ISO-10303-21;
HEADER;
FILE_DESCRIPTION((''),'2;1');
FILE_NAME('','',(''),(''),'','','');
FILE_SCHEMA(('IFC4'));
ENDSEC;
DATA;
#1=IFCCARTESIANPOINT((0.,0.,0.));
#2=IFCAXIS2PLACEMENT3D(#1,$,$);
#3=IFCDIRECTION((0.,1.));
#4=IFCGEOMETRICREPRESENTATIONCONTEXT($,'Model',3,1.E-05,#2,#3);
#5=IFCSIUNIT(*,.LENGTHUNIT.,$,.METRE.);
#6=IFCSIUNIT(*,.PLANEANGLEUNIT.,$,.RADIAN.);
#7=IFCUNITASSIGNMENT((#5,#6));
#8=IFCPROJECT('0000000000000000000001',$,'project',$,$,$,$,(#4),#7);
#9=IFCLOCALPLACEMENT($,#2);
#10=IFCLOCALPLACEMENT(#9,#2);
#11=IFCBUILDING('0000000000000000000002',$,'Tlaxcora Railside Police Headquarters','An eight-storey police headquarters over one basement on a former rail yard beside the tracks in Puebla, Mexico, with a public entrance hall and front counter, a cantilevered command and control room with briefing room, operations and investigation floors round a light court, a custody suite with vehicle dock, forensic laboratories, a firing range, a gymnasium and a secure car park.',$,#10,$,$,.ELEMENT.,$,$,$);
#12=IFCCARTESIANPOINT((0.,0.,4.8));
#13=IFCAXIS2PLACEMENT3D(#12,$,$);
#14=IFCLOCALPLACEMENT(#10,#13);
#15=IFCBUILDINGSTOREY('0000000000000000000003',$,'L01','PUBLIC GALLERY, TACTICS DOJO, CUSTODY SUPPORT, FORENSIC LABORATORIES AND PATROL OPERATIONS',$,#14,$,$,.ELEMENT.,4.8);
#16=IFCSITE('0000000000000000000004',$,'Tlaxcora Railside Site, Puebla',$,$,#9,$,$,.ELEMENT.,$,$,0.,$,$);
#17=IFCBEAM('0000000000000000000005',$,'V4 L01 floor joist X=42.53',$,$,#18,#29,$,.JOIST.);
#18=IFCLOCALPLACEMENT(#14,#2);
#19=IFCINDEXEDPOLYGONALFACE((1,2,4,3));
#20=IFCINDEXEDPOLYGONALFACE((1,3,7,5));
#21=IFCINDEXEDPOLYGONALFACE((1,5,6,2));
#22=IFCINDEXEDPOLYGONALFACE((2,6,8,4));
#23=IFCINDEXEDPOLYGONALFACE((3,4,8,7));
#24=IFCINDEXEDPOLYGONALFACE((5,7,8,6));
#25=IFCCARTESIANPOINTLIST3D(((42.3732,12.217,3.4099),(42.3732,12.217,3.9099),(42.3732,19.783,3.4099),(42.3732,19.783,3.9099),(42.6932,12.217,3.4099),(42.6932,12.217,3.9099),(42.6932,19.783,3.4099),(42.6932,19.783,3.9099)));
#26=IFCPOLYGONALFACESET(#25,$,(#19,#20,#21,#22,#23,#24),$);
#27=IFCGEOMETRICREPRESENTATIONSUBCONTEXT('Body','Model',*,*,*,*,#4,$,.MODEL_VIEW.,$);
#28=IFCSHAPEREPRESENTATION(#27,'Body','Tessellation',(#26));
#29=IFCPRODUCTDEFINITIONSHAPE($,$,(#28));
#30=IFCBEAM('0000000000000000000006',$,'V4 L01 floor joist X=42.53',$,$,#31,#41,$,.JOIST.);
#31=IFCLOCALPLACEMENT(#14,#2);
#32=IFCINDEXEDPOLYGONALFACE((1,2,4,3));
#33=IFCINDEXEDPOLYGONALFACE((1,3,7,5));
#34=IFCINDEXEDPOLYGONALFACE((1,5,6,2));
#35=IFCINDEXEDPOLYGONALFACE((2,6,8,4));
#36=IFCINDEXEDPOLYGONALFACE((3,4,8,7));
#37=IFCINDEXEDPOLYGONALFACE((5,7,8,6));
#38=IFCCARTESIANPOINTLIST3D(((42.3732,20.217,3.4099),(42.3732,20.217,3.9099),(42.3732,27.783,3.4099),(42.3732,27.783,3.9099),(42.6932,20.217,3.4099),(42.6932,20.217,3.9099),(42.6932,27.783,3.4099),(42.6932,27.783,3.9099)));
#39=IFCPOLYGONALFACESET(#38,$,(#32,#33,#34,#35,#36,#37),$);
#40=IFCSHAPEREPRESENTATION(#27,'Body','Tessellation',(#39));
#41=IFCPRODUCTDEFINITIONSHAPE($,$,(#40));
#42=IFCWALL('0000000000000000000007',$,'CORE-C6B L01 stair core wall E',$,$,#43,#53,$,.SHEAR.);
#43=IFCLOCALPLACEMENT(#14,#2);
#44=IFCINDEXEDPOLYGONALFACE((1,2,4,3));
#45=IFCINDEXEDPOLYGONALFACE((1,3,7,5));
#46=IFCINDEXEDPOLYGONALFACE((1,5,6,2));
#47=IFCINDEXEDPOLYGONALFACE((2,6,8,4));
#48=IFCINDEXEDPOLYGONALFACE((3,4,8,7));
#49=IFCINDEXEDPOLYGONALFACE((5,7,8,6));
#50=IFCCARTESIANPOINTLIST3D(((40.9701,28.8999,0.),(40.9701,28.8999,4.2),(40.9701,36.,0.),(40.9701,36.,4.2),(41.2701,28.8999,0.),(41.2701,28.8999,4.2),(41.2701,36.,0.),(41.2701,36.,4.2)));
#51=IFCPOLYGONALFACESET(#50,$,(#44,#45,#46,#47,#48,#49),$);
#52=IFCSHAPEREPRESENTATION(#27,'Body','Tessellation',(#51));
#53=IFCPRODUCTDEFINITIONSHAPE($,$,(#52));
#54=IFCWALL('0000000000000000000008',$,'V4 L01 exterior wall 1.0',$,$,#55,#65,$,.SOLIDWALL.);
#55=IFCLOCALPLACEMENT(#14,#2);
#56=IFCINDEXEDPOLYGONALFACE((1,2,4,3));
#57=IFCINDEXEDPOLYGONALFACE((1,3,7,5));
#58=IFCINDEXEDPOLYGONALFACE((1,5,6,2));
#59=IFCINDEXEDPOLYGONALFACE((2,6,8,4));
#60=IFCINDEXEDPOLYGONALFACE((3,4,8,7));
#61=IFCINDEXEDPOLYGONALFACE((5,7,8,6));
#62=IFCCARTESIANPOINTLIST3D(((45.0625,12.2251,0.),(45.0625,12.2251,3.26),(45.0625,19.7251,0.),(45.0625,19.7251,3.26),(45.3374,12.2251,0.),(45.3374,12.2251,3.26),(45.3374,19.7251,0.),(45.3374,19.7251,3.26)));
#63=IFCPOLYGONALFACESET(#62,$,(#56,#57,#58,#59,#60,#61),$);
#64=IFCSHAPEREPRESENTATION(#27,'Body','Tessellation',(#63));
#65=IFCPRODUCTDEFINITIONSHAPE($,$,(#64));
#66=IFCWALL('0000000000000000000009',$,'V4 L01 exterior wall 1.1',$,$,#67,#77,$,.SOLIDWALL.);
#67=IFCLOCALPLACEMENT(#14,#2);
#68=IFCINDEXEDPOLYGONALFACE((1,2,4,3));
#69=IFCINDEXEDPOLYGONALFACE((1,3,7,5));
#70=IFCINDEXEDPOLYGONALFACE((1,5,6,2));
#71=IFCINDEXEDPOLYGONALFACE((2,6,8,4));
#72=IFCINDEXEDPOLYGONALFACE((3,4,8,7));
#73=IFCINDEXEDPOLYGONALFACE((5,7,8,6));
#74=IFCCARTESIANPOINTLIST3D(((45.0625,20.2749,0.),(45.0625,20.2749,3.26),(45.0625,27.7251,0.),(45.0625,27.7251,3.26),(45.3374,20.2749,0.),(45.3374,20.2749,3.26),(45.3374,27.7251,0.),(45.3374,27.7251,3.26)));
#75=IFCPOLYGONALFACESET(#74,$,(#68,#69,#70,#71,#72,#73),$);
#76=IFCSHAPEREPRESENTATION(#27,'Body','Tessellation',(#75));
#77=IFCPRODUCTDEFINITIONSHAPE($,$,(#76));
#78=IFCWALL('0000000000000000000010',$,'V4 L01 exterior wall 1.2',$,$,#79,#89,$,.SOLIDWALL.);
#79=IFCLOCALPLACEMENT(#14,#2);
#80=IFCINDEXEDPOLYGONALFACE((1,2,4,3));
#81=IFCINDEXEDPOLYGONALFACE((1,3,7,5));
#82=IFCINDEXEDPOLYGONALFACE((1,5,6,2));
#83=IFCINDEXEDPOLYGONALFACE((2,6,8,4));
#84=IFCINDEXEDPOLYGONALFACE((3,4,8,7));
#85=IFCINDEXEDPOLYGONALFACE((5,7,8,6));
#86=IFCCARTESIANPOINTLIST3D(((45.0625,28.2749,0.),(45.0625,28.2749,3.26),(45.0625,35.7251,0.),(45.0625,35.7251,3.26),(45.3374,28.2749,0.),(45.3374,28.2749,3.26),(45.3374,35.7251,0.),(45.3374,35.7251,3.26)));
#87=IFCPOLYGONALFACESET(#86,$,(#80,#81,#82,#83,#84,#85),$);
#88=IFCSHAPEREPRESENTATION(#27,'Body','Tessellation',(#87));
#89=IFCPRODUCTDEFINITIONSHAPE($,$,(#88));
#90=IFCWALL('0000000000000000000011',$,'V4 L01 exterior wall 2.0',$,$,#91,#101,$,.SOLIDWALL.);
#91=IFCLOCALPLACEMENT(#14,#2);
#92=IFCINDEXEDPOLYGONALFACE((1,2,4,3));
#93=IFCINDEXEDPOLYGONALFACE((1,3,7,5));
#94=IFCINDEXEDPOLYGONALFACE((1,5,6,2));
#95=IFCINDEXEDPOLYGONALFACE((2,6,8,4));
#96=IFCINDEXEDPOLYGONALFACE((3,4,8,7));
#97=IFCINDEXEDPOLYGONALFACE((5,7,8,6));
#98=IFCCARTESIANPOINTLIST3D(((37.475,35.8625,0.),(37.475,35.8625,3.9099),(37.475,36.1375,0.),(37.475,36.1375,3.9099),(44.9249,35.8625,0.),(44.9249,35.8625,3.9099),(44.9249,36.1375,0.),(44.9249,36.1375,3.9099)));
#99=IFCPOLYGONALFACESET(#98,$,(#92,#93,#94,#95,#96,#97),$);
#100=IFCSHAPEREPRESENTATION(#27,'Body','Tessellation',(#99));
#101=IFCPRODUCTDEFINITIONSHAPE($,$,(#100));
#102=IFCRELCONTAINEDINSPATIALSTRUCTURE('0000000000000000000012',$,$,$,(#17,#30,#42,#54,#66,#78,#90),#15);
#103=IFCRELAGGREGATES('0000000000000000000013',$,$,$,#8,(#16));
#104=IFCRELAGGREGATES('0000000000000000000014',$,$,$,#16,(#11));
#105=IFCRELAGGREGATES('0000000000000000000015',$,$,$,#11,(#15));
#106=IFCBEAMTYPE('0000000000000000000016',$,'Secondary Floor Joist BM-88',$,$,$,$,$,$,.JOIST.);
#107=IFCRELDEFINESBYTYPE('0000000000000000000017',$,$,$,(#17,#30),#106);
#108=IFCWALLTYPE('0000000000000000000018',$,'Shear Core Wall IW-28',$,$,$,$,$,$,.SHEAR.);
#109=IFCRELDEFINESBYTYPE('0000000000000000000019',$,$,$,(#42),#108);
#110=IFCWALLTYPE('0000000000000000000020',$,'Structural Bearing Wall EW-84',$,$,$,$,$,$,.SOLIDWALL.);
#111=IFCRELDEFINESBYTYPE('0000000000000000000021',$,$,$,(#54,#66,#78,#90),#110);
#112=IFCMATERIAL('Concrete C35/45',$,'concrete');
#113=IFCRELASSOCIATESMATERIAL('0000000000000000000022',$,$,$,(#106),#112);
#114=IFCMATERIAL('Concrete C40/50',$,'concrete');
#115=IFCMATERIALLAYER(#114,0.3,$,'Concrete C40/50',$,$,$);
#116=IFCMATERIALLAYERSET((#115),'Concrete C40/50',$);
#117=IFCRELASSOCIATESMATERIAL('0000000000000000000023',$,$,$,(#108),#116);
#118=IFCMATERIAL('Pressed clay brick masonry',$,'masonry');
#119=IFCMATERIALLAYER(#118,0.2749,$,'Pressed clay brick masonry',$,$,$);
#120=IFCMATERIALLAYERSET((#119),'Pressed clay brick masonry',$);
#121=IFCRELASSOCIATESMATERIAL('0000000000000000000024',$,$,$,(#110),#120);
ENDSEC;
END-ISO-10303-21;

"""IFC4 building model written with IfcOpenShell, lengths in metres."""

from ifc_helpers import new_model, si_unit, direction, frame, frame_2d, origin, origin_2d, place, context, subcontext, project, spatial, rectangle, extrude, material, layer, layer_set, material_profile, profile_set, type_object, element, save


model = new_model("IFC4")

# Units and contexts
model_context = context("Model", 3, precision=1e-05, world=origin(), true_north=direction((0.0, 1.0)))
body_context = subcontext(model_context, "Body", "Model", "MODEL_VIEW")
ifc_project = project(units=[si_unit("LENGTHUNIT", "METRE"), si_unit("PLANEANGLEUNIT", "RADIAN")], contexts=[model_context])

# Site, building, storey
site_placement = place(None, origin())
site = spatial("IfcSite", under=ifc_project, at=site_placement, Name="Tlaxcora Railside Site, Puebla", CompositionType="ELEMENT", RefElevation=0.0)
building_placement = place(site_placement, origin())
building = spatial("IfcBuilding", under=site, at=building_placement, Name="Tlaxcora Railside Police Headquarters", Description="An eight-storey police headquarters over one basement on a former rail yard beside the tracks in Puebla, Mexico, with a public entrance hall and front counter, a cantilevered command and control room with briefing room, operations and investigation floors round a light court, a custody suite with vehicle dock, forensic laboratories, a firing range, a gymnasium and a secure car park.", CompositionType="ELEMENT")
storey_placement = place(building_placement, frame((0.0, 0.0, 4.8)))
storey = spatial("IfcBuildingStorey", under=building, at=storey_placement, Name="L01", Description="PUBLIC GALLERY, TACTICS DOJO, CUSTODY SUPPORT, FORENSIC LABORATORIES AND PATROL OPERATIONS", CompositionType="ELEMENT", Elevation=4.8)

# Shared definitions
ifc_material_1 = material(Name="Concrete C40/50", Category="concrete")

# Beams
ifc_material_2 = material(Name="Concrete C35/45", Category="concrete")
ifc_material_profile_1 = material_profile(ifc_material_2, rectangle(XDim=0.3201, YDim=0.5, at=origin_2d()), Name="RC320X500")
ifc_profile_set_1 = profile_set([ifc_material_profile_1], Name="Concrete C35/45")
beam_type_1 = type_object("IfcBeamType", Name="Secondary Floor Joist BM-88", PredefinedType="JOIST", material=ifc_profile_set_1)
for number, where, z_axis, x_axis, name in (
    (1, (42.5332, 12.217, 3.6599), (0.0, 1.0, 0.0), (-1.0, 0.0, 0.0), "V4 L01 floor joist X=42.53"),
    (2, (42.5332, 20.217, 3.6599), (0.0, 1.0, 0.0), (-1.0, 0.0, 0.0), "V4 L01 floor joist X=42.53"),
):
    element("IfcBeam", number, at=place(storey_placement, frame(where, z_axis=z_axis, x_axis=x_axis)), inside=storey, type_object=beam_type_1, Name=name, PredefinedType="JOIST", context=body_context, shape_type="SweptSolid", body=[
        extrude(rectangle(XDim=0.3201, YDim=0.5, at=origin_2d()), origin(), (0.0, 0.0, 1.0), 7.5659),
    ])

# Walls
ifc_layer_1 = layer(ifc_material_1, 0.3, Name="Concrete C40/50")
ifc_layer_set_1 = layer_set([ifc_layer_1], Name="Concrete C40/50")
wall_type_1 = type_object("IfcWallType", Name="Shear Core Wall IW-28", PredefinedType="SHEAR", material=ifc_layer_set_1)
wall_1_placement = place(storey_placement, frame((41.1201, 28.8999, 0.0), z_axis=(0.0, 0.0, 1.0), x_axis=(0.0, 1.0, 0.0)))
element("IfcWall", 3, at=wall_1_placement, inside=storey, type_object=wall_type_1, Name="CORE-C6B L01 stair core wall E", PredefinedType="SHEAR", context=body_context, shape_type="SweptSolid", body=[
    extrude(rectangle(XDim=7.1001, YDim=0.3, at=frame_2d((3.55, 0.0))), origin(), (0.0, 0.0, 1.0), 4.2),
])
ifc_material_3 = material(Name="Pressed clay brick masonry", Category="masonry")
ifc_layer_2 = layer(ifc_material_3, 0.2749, Name="Pressed clay brick masonry")
ifc_layer_set_2 = layer_set([ifc_layer_2], Name="Pressed clay brick masonry")
wall_type_2 = type_object("IfcWallType", Name="Structural Bearing Wall EW-84", PredefinedType="SOLIDWALL", material=ifc_layer_set_2)
wall_2_placement = place(storey_placement, frame((45.2, 12.2251, 0.0), z_axis=(0.0, 0.0, 1.0), x_axis=(0.0, 1.0, 0.0)))
element("IfcWall", 4, at=wall_2_placement, inside=storey, type_object=wall_type_2, Name="V4 L01 exterior wall 1.0", PredefinedType="SOLIDWALL", context=body_context, shape_type="SweptSolid", body=[
    extrude(rectangle(XDim=7.5, YDim=0.2749, at=frame_2d((3.75, 0.0))), origin(), (0.0, 0.0, 1.0), 3.26),
])
for number, where, z_axis, x_axis, name in (
    (5, (45.2, 20.2749, 0.0), (0.0, 0.0, 1.0), (0.0, 1.0, 0.0), "V4 L01 exterior wall 1.1"),
    (6, (45.2, 28.2749, 0.0), (0.0, 0.0, 1.0), (0.0, 1.0, 0.0), "V4 L01 exterior wall 1.2"),
):
    element("IfcWall", number, at=place(storey_placement, frame(where, z_axis=z_axis, x_axis=x_axis)), inside=storey, type_object=wall_type_2, Name=name, PredefinedType="SOLIDWALL", context=body_context, shape_type="SweptSolid", body=[
        extrude(rectangle(XDim=7.4502, YDim=0.2749, at=frame_2d((3.7251, 0.0))), origin(), (0.0, 0.0, 1.0), 3.26),
    ])
wall_3_placement = place(storey_placement, frame((44.925, 36.0, 0.0), z_axis=(0.0, 0.0, 1.0), x_axis=(-1.0, 0.0, 0.0)))
element("IfcWall", 7, at=wall_3_placement, inside=storey, type_object=wall_type_2, Name="V4 L01 exterior wall 2.0", PredefinedType="SOLIDWALL", context=body_context, shape_type="SweptSolid", body=[
    extrude(rectangle(XDim=7.45, YDim=0.2749, at=frame_2d((3.7251, 0.0))), origin(), (0.0, 0.0, 1.0), 3.9099),
])

save(model, "model.ifc")
